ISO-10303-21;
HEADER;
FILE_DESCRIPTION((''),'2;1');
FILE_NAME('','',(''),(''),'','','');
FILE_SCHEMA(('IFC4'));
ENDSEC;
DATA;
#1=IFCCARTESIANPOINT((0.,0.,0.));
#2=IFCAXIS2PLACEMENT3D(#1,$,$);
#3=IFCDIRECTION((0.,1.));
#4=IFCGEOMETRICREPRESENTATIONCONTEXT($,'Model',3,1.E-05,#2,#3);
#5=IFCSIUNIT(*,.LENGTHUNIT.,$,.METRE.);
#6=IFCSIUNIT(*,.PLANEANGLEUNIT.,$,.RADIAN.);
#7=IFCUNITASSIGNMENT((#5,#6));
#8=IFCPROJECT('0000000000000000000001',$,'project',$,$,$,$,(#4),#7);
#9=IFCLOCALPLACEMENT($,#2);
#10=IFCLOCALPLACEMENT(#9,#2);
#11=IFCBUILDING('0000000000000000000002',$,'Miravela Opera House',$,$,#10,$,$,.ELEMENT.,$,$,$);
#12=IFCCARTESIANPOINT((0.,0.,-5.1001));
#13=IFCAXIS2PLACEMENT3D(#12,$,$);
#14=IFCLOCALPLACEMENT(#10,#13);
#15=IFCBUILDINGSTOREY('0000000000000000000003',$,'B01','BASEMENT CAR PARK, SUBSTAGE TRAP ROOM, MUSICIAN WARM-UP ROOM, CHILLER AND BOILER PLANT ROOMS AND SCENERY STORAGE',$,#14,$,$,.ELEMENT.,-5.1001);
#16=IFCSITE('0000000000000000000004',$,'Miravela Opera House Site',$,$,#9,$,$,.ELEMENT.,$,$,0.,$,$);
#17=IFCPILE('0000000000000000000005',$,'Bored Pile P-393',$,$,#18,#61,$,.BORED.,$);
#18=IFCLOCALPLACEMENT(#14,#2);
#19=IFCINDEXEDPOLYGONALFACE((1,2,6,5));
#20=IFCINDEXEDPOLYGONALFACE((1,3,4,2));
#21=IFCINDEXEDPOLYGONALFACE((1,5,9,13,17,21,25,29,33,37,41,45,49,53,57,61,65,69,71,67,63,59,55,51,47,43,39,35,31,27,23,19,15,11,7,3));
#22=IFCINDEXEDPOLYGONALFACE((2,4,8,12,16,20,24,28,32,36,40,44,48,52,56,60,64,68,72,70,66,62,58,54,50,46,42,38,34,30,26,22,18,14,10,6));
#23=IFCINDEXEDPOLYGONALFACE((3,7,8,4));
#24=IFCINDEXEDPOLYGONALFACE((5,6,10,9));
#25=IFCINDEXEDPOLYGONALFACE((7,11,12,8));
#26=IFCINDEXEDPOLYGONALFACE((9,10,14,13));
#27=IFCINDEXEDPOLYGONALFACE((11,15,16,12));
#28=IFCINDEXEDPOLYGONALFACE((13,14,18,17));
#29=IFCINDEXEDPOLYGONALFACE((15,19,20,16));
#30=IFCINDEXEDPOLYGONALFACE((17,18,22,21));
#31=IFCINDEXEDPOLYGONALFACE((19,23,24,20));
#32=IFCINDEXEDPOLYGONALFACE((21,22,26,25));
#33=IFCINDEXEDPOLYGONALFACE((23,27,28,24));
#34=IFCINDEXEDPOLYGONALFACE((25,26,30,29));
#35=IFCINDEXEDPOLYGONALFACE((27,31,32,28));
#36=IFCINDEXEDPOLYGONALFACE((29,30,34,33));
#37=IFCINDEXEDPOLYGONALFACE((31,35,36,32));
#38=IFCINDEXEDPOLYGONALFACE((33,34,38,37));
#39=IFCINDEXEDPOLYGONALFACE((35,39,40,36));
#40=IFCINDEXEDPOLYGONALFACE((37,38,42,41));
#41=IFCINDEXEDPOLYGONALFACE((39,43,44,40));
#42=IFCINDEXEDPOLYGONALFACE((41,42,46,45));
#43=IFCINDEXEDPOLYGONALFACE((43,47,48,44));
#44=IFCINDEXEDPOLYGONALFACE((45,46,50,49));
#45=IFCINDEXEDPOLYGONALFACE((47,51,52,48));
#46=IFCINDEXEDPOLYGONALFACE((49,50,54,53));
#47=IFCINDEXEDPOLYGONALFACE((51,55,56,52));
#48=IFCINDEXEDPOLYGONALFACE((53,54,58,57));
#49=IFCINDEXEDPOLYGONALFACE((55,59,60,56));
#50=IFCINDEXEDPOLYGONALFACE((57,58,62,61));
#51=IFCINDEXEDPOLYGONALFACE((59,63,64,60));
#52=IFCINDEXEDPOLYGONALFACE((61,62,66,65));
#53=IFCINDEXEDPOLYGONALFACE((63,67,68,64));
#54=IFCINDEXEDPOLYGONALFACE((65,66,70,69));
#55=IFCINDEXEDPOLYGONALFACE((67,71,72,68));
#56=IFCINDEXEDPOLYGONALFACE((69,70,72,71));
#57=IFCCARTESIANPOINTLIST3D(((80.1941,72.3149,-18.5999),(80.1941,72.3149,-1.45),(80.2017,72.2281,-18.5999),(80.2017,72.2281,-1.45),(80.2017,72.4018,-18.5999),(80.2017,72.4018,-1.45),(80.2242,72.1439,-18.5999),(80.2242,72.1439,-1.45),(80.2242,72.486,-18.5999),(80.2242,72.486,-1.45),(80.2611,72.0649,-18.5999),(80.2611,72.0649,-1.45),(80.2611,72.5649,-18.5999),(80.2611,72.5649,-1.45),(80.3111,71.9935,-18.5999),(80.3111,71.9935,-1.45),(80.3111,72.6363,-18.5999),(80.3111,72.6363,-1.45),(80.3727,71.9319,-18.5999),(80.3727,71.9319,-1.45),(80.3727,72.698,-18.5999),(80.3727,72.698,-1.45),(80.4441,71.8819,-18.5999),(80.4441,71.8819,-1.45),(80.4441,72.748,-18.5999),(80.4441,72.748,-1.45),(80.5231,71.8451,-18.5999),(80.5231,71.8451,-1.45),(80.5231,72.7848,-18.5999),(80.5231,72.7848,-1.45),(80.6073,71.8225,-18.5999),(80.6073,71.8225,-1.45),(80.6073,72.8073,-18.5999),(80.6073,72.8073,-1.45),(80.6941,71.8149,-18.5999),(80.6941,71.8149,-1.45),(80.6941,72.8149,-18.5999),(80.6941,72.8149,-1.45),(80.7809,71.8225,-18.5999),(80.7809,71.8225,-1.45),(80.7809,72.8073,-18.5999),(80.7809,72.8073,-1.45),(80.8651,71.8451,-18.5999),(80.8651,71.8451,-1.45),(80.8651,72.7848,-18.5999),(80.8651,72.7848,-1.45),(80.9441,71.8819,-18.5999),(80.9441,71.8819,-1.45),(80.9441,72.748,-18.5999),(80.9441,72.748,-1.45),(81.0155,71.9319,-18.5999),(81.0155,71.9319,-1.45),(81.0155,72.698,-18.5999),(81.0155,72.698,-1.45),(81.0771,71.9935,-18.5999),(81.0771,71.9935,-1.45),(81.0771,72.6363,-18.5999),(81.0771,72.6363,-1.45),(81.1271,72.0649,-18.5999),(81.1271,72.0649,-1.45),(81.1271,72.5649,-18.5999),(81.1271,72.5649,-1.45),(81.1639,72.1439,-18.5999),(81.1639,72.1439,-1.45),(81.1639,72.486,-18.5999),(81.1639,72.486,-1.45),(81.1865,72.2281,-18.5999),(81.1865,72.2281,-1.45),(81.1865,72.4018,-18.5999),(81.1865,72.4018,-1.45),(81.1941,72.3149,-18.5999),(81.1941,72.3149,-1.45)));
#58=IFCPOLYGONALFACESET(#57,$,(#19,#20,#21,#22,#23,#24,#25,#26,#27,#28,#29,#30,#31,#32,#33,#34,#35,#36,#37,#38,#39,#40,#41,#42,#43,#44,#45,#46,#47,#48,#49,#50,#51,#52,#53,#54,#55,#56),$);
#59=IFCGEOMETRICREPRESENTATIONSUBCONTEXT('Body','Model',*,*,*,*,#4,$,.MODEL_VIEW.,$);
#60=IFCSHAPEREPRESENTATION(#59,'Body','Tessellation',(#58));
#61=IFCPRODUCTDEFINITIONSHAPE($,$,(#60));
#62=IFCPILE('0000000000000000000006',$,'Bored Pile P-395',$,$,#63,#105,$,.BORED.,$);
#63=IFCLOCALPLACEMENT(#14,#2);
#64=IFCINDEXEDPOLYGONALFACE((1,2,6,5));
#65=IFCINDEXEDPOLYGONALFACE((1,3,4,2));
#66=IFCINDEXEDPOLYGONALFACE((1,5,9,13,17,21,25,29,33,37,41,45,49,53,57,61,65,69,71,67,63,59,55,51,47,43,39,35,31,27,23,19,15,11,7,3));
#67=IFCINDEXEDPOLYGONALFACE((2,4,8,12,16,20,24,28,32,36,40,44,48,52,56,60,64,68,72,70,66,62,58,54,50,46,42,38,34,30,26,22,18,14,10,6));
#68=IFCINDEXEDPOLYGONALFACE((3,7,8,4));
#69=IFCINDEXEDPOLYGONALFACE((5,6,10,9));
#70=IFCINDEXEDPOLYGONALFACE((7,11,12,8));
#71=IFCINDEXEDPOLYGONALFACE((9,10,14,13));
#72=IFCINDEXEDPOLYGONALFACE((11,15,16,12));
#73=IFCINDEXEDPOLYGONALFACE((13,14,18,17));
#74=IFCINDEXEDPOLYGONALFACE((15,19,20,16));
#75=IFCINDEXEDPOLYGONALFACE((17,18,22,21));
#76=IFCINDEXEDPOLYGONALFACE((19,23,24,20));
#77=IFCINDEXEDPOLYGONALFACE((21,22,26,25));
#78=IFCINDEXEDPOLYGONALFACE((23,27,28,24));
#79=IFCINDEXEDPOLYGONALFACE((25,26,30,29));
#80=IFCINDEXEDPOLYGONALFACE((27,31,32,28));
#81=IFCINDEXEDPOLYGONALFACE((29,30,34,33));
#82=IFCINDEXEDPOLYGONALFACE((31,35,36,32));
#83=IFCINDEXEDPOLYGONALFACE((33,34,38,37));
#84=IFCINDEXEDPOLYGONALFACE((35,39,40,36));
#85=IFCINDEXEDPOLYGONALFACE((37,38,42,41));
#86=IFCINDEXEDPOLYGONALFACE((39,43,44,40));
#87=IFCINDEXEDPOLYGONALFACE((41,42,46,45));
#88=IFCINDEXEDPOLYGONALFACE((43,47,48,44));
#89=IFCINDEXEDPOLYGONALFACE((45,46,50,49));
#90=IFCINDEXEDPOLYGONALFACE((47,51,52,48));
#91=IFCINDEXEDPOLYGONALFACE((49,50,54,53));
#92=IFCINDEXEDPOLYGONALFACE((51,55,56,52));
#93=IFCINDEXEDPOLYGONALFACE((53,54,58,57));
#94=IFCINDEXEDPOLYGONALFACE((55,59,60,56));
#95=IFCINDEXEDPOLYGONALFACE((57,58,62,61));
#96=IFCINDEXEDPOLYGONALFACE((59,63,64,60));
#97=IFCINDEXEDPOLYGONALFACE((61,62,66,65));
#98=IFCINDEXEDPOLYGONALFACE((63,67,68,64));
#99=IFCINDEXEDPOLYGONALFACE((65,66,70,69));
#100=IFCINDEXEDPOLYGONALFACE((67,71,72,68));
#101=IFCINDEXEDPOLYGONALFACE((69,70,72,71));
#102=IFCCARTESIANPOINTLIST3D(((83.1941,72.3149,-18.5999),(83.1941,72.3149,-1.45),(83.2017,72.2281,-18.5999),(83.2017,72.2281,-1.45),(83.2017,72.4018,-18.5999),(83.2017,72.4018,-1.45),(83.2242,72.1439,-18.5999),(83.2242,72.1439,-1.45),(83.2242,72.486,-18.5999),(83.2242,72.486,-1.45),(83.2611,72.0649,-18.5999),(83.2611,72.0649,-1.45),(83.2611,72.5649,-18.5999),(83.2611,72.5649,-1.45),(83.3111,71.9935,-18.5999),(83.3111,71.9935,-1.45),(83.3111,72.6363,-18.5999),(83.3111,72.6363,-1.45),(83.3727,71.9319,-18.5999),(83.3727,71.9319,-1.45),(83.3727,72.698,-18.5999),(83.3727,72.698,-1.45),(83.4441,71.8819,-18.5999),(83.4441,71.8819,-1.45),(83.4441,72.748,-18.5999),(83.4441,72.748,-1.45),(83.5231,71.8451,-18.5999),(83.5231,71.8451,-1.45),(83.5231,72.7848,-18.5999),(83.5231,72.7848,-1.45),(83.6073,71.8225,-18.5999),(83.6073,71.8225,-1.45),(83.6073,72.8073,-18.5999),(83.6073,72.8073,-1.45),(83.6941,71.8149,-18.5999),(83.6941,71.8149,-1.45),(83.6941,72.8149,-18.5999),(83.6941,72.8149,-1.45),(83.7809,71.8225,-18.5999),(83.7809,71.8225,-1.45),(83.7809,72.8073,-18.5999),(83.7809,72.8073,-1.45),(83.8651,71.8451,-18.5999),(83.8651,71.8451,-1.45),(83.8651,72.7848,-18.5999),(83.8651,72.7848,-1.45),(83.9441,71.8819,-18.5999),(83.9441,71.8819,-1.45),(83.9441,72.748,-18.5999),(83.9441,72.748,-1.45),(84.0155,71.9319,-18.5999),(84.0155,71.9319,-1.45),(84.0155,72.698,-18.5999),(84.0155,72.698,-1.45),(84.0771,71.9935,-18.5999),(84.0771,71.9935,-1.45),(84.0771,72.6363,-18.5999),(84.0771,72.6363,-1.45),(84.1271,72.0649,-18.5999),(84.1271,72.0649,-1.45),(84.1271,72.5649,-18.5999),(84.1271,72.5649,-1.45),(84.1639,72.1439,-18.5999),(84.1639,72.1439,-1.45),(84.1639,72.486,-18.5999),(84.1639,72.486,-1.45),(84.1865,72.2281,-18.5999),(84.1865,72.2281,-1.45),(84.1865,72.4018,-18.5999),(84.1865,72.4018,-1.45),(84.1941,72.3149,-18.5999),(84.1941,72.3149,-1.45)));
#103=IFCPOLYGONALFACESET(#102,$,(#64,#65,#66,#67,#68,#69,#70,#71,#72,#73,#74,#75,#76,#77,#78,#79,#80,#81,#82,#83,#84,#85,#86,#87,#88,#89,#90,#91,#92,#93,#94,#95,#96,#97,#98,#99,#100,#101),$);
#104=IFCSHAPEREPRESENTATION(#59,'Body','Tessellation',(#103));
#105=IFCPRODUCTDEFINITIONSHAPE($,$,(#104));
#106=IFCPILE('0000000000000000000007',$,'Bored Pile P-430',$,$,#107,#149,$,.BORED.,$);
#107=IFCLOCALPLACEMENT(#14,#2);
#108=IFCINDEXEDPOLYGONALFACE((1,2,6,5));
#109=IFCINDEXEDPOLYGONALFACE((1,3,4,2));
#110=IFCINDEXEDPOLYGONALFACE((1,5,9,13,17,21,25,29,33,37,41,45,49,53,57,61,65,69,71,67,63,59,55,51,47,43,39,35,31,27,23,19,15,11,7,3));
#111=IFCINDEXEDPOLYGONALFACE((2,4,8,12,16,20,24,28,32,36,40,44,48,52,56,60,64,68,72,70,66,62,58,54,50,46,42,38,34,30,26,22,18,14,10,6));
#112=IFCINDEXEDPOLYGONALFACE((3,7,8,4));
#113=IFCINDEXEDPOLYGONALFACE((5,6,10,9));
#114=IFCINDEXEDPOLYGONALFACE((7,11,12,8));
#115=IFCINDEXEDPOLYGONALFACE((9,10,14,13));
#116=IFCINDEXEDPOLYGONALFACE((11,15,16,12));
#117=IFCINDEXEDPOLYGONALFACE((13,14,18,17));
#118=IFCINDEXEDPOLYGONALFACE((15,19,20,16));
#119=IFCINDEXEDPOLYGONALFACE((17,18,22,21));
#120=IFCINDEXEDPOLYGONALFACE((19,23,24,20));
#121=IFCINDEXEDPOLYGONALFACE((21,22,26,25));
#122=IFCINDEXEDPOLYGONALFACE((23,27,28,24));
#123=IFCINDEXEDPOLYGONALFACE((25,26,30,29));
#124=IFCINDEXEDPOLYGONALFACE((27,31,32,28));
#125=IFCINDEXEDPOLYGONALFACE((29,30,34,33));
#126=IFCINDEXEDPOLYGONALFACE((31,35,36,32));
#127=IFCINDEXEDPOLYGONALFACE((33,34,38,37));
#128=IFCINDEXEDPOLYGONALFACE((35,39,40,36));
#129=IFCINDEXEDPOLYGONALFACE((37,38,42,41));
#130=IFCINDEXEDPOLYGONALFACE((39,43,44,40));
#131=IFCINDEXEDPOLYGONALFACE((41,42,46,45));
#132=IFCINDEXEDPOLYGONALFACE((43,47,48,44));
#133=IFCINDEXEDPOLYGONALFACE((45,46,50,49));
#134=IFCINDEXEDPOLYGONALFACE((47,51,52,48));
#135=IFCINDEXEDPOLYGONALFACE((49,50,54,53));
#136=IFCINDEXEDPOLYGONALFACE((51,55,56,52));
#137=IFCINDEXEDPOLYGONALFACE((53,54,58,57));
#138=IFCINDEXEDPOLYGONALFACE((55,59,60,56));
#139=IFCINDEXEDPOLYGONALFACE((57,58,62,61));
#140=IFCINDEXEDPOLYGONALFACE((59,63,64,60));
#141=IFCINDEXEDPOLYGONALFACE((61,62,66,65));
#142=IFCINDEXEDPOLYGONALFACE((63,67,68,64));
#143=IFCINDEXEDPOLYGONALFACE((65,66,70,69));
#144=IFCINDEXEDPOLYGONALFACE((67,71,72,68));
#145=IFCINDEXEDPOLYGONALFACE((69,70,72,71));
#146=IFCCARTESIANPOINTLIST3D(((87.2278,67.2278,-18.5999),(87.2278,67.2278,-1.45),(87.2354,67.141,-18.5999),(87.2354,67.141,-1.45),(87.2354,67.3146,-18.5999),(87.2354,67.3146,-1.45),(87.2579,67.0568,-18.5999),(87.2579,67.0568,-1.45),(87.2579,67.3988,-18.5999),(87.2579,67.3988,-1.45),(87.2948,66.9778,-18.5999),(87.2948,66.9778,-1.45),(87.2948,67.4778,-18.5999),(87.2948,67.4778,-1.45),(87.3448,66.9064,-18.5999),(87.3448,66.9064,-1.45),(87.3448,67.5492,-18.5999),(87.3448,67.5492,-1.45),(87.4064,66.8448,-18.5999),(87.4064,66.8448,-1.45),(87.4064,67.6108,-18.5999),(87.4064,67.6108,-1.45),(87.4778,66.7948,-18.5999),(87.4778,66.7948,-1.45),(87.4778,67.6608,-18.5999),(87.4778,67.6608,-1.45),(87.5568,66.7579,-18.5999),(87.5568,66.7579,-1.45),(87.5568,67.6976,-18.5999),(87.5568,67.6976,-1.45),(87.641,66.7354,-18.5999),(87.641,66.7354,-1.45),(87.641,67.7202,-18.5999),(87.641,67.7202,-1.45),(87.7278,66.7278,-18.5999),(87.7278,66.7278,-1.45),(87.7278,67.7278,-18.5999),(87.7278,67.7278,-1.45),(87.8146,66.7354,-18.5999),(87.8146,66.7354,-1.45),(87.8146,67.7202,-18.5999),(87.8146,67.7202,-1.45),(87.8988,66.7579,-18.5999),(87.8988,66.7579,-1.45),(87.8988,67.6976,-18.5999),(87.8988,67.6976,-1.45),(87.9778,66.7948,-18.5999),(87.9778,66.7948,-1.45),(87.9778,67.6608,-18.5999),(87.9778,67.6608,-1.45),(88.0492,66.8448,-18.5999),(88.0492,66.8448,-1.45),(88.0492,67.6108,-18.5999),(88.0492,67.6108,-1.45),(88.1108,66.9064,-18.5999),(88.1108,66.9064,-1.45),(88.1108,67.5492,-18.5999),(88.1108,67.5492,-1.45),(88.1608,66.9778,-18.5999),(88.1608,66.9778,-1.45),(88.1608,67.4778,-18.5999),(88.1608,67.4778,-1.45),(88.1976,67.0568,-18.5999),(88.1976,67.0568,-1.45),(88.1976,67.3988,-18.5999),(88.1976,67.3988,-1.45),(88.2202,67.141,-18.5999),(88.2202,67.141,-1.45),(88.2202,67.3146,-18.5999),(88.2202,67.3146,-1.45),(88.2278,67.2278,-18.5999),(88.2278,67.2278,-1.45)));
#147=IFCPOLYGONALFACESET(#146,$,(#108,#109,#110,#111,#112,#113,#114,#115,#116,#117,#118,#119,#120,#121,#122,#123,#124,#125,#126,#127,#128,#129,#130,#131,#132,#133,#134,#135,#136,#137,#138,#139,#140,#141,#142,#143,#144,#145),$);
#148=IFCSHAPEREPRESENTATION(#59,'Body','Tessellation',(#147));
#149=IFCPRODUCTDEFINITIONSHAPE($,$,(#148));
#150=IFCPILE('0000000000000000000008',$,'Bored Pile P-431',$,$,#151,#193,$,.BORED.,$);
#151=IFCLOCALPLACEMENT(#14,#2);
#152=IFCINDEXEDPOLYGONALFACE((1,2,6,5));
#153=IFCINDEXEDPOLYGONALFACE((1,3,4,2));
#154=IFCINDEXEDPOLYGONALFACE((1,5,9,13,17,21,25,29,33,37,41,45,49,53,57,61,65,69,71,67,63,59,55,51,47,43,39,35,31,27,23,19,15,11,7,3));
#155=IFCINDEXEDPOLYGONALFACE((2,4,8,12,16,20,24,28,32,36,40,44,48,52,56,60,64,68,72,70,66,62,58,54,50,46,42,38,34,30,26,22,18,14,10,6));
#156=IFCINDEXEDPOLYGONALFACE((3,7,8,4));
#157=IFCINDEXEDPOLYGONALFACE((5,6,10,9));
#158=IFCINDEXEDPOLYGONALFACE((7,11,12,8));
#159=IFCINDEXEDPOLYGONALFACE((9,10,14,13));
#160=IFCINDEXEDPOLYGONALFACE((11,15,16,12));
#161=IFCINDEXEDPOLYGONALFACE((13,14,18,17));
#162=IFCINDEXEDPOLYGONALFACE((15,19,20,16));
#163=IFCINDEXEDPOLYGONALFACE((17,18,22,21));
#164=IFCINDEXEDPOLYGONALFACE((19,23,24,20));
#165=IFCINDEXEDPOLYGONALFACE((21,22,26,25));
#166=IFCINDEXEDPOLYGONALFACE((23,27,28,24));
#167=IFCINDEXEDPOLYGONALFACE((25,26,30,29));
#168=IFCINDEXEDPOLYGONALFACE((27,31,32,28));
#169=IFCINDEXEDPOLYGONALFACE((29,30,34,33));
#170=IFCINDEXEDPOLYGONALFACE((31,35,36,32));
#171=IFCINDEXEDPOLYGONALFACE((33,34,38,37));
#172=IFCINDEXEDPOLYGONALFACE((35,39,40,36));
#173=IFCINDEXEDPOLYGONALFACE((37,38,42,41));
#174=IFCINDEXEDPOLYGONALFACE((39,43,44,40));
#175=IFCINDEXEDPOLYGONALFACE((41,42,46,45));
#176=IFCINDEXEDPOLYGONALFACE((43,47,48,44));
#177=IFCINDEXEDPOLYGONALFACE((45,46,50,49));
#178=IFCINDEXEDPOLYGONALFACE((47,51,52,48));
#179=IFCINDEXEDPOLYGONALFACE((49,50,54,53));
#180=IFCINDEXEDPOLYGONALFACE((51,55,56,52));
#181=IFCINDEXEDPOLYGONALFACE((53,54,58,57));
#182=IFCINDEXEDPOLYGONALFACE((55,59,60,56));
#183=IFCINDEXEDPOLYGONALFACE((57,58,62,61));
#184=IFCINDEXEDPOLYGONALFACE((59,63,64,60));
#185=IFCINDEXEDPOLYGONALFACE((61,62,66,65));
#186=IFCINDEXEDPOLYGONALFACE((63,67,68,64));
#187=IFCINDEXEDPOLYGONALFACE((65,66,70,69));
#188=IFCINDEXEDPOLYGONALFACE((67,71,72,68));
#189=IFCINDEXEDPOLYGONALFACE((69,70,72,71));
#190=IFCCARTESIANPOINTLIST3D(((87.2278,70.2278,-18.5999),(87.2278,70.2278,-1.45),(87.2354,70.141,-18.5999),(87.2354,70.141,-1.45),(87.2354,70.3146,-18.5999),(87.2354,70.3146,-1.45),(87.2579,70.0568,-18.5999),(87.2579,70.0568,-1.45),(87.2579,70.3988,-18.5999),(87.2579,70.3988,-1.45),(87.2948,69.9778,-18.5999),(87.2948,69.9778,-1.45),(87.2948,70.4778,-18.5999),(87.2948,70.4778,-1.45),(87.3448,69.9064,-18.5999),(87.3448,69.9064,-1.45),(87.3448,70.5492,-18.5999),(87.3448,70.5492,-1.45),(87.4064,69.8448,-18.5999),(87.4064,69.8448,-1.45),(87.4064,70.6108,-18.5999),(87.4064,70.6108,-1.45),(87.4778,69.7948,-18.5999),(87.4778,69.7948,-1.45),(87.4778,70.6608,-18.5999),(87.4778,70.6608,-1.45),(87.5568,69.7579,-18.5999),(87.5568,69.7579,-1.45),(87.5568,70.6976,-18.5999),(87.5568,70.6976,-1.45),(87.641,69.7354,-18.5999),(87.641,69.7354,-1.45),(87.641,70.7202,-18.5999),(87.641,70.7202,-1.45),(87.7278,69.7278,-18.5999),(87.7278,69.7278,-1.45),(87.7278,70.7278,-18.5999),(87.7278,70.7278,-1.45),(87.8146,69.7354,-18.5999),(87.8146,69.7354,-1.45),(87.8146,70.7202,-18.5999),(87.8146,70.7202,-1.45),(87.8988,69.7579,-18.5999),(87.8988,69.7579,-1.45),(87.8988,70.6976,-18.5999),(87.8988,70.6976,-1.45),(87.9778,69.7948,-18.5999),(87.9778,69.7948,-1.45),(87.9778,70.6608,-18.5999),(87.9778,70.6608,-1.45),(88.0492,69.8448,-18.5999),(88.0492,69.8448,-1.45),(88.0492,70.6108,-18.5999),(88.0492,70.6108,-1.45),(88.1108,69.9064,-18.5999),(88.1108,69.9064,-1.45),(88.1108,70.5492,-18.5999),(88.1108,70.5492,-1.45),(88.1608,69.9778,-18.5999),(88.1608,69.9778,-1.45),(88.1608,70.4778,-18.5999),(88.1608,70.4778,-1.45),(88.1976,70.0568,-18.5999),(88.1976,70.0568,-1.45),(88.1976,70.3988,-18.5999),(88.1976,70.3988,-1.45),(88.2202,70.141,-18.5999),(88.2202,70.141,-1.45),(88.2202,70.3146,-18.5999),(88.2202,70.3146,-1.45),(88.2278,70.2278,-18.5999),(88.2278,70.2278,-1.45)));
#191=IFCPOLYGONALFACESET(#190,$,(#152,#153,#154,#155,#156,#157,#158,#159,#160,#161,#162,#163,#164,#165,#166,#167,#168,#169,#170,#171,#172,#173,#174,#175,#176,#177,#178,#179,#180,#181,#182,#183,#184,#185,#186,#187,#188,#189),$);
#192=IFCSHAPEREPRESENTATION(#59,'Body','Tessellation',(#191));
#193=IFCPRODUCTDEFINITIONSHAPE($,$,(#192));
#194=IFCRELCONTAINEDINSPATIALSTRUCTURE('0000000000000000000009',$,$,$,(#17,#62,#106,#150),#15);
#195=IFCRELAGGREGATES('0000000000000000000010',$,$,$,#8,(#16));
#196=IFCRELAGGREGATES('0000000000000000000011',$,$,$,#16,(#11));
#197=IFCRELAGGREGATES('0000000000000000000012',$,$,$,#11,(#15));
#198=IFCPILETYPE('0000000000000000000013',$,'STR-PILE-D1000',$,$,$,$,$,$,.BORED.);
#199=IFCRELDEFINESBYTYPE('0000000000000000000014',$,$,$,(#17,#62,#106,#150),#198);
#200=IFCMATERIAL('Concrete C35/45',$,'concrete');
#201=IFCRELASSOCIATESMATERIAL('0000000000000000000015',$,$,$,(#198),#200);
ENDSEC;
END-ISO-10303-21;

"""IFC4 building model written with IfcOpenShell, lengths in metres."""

from ifc_helpers import new_model, si_unit, direction, frame, origin, origin_2d, place, context, subcontext, project, spatial, circle, extrude, material, material_profile, profile_set, type_object, element, save


model = new_model("IFC4")

# Units and contexts
model_context = context("Model", 3, precision=1e-05, world=origin(), true_north=direction((0.0, 1.0)))
body_context = subcontext(model_context, "Body", "Model", "MODEL_VIEW")
ifc_project = project(units=[si_unit("LENGTHUNIT", "METRE"), si_unit("PLANEANGLEUNIT", "RADIAN")], contexts=[model_context])

# Site, building, storey
site_placement = place(None, origin())
site = spatial("IfcSite", under=ifc_project, at=site_placement, Name="Miravela Opera House Site", CompositionType="ELEMENT", RefElevation=0.0)
building_placement = place(site_placement, origin())
building = spatial("IfcBuilding", under=site, at=building_placement, Name="Miravela Opera House", CompositionType="ELEMENT")
storey_placement = place(building_placement, frame((0.0, 0.0, -5.1001)))
storey = spatial("IfcBuildingStorey", under=building, at=storey_placement, Name="B01", Description="BASEMENT CAR PARK, SUBSTAGE TRAP ROOM, MUSICIAN WARM-UP ROOM, CHILLER AND BOILER PLANT ROOMS AND SCENERY STORAGE", CompositionType="ELEMENT", Elevation=-5.1001)

# Shared definitions
ifc_material_1 = material(Name="Concrete C35/45", Category="concrete")

# Piles
ifc_material_profile_1 = material_profile(ifc_material_1, circle(Radius=0.5, at=origin_2d()), Name="PILE-D1000")
ifc_profile_set_1 = profile_set([ifc_material_profile_1])
pile_type_1 = type_object("IfcPileType", Name="STR-PILE-D1000", PredefinedType="BORED", material=ifc_profile_set_1)
for number, where, z_axis, x_axis, name in (
    (1, (80.6941, 72.3149, -1.45), (0.0, 0.0, -1.0), (1.0, 0.0, 0.0), "Bored Pile P-393"),
    (2, (83.6941, 72.3149, -1.45), (0.0, 0.0, -1.0), (1.0, 0.0, 0.0), "Bored Pile P-395"),
    (3, (87.7278, 67.2278, -1.45), (0.0, 0.0, -1.0), (1.0, 0.0, 0.0), "Bored Pile P-430"),
    (4, (87.7278, 70.2278, -1.45), (0.0, 0.0, -1.0), (1.0, 0.0, 0.0), "Bored Pile P-431"),
):
    element("IfcPile", number, at=place(storey_placement, frame(where, z_axis=z_axis, x_axis=x_axis)), inside=storey, type_object=pile_type_1, Name=name, PredefinedType="BORED", context=body_context, shape_type="SweptSolid", body=[
        extrude(circle(Radius=0.5, at=origin_2d()), origin(), (0.0, 0.0, 1.0), 17.1499),
    ])

save(model, "model.ifc")
